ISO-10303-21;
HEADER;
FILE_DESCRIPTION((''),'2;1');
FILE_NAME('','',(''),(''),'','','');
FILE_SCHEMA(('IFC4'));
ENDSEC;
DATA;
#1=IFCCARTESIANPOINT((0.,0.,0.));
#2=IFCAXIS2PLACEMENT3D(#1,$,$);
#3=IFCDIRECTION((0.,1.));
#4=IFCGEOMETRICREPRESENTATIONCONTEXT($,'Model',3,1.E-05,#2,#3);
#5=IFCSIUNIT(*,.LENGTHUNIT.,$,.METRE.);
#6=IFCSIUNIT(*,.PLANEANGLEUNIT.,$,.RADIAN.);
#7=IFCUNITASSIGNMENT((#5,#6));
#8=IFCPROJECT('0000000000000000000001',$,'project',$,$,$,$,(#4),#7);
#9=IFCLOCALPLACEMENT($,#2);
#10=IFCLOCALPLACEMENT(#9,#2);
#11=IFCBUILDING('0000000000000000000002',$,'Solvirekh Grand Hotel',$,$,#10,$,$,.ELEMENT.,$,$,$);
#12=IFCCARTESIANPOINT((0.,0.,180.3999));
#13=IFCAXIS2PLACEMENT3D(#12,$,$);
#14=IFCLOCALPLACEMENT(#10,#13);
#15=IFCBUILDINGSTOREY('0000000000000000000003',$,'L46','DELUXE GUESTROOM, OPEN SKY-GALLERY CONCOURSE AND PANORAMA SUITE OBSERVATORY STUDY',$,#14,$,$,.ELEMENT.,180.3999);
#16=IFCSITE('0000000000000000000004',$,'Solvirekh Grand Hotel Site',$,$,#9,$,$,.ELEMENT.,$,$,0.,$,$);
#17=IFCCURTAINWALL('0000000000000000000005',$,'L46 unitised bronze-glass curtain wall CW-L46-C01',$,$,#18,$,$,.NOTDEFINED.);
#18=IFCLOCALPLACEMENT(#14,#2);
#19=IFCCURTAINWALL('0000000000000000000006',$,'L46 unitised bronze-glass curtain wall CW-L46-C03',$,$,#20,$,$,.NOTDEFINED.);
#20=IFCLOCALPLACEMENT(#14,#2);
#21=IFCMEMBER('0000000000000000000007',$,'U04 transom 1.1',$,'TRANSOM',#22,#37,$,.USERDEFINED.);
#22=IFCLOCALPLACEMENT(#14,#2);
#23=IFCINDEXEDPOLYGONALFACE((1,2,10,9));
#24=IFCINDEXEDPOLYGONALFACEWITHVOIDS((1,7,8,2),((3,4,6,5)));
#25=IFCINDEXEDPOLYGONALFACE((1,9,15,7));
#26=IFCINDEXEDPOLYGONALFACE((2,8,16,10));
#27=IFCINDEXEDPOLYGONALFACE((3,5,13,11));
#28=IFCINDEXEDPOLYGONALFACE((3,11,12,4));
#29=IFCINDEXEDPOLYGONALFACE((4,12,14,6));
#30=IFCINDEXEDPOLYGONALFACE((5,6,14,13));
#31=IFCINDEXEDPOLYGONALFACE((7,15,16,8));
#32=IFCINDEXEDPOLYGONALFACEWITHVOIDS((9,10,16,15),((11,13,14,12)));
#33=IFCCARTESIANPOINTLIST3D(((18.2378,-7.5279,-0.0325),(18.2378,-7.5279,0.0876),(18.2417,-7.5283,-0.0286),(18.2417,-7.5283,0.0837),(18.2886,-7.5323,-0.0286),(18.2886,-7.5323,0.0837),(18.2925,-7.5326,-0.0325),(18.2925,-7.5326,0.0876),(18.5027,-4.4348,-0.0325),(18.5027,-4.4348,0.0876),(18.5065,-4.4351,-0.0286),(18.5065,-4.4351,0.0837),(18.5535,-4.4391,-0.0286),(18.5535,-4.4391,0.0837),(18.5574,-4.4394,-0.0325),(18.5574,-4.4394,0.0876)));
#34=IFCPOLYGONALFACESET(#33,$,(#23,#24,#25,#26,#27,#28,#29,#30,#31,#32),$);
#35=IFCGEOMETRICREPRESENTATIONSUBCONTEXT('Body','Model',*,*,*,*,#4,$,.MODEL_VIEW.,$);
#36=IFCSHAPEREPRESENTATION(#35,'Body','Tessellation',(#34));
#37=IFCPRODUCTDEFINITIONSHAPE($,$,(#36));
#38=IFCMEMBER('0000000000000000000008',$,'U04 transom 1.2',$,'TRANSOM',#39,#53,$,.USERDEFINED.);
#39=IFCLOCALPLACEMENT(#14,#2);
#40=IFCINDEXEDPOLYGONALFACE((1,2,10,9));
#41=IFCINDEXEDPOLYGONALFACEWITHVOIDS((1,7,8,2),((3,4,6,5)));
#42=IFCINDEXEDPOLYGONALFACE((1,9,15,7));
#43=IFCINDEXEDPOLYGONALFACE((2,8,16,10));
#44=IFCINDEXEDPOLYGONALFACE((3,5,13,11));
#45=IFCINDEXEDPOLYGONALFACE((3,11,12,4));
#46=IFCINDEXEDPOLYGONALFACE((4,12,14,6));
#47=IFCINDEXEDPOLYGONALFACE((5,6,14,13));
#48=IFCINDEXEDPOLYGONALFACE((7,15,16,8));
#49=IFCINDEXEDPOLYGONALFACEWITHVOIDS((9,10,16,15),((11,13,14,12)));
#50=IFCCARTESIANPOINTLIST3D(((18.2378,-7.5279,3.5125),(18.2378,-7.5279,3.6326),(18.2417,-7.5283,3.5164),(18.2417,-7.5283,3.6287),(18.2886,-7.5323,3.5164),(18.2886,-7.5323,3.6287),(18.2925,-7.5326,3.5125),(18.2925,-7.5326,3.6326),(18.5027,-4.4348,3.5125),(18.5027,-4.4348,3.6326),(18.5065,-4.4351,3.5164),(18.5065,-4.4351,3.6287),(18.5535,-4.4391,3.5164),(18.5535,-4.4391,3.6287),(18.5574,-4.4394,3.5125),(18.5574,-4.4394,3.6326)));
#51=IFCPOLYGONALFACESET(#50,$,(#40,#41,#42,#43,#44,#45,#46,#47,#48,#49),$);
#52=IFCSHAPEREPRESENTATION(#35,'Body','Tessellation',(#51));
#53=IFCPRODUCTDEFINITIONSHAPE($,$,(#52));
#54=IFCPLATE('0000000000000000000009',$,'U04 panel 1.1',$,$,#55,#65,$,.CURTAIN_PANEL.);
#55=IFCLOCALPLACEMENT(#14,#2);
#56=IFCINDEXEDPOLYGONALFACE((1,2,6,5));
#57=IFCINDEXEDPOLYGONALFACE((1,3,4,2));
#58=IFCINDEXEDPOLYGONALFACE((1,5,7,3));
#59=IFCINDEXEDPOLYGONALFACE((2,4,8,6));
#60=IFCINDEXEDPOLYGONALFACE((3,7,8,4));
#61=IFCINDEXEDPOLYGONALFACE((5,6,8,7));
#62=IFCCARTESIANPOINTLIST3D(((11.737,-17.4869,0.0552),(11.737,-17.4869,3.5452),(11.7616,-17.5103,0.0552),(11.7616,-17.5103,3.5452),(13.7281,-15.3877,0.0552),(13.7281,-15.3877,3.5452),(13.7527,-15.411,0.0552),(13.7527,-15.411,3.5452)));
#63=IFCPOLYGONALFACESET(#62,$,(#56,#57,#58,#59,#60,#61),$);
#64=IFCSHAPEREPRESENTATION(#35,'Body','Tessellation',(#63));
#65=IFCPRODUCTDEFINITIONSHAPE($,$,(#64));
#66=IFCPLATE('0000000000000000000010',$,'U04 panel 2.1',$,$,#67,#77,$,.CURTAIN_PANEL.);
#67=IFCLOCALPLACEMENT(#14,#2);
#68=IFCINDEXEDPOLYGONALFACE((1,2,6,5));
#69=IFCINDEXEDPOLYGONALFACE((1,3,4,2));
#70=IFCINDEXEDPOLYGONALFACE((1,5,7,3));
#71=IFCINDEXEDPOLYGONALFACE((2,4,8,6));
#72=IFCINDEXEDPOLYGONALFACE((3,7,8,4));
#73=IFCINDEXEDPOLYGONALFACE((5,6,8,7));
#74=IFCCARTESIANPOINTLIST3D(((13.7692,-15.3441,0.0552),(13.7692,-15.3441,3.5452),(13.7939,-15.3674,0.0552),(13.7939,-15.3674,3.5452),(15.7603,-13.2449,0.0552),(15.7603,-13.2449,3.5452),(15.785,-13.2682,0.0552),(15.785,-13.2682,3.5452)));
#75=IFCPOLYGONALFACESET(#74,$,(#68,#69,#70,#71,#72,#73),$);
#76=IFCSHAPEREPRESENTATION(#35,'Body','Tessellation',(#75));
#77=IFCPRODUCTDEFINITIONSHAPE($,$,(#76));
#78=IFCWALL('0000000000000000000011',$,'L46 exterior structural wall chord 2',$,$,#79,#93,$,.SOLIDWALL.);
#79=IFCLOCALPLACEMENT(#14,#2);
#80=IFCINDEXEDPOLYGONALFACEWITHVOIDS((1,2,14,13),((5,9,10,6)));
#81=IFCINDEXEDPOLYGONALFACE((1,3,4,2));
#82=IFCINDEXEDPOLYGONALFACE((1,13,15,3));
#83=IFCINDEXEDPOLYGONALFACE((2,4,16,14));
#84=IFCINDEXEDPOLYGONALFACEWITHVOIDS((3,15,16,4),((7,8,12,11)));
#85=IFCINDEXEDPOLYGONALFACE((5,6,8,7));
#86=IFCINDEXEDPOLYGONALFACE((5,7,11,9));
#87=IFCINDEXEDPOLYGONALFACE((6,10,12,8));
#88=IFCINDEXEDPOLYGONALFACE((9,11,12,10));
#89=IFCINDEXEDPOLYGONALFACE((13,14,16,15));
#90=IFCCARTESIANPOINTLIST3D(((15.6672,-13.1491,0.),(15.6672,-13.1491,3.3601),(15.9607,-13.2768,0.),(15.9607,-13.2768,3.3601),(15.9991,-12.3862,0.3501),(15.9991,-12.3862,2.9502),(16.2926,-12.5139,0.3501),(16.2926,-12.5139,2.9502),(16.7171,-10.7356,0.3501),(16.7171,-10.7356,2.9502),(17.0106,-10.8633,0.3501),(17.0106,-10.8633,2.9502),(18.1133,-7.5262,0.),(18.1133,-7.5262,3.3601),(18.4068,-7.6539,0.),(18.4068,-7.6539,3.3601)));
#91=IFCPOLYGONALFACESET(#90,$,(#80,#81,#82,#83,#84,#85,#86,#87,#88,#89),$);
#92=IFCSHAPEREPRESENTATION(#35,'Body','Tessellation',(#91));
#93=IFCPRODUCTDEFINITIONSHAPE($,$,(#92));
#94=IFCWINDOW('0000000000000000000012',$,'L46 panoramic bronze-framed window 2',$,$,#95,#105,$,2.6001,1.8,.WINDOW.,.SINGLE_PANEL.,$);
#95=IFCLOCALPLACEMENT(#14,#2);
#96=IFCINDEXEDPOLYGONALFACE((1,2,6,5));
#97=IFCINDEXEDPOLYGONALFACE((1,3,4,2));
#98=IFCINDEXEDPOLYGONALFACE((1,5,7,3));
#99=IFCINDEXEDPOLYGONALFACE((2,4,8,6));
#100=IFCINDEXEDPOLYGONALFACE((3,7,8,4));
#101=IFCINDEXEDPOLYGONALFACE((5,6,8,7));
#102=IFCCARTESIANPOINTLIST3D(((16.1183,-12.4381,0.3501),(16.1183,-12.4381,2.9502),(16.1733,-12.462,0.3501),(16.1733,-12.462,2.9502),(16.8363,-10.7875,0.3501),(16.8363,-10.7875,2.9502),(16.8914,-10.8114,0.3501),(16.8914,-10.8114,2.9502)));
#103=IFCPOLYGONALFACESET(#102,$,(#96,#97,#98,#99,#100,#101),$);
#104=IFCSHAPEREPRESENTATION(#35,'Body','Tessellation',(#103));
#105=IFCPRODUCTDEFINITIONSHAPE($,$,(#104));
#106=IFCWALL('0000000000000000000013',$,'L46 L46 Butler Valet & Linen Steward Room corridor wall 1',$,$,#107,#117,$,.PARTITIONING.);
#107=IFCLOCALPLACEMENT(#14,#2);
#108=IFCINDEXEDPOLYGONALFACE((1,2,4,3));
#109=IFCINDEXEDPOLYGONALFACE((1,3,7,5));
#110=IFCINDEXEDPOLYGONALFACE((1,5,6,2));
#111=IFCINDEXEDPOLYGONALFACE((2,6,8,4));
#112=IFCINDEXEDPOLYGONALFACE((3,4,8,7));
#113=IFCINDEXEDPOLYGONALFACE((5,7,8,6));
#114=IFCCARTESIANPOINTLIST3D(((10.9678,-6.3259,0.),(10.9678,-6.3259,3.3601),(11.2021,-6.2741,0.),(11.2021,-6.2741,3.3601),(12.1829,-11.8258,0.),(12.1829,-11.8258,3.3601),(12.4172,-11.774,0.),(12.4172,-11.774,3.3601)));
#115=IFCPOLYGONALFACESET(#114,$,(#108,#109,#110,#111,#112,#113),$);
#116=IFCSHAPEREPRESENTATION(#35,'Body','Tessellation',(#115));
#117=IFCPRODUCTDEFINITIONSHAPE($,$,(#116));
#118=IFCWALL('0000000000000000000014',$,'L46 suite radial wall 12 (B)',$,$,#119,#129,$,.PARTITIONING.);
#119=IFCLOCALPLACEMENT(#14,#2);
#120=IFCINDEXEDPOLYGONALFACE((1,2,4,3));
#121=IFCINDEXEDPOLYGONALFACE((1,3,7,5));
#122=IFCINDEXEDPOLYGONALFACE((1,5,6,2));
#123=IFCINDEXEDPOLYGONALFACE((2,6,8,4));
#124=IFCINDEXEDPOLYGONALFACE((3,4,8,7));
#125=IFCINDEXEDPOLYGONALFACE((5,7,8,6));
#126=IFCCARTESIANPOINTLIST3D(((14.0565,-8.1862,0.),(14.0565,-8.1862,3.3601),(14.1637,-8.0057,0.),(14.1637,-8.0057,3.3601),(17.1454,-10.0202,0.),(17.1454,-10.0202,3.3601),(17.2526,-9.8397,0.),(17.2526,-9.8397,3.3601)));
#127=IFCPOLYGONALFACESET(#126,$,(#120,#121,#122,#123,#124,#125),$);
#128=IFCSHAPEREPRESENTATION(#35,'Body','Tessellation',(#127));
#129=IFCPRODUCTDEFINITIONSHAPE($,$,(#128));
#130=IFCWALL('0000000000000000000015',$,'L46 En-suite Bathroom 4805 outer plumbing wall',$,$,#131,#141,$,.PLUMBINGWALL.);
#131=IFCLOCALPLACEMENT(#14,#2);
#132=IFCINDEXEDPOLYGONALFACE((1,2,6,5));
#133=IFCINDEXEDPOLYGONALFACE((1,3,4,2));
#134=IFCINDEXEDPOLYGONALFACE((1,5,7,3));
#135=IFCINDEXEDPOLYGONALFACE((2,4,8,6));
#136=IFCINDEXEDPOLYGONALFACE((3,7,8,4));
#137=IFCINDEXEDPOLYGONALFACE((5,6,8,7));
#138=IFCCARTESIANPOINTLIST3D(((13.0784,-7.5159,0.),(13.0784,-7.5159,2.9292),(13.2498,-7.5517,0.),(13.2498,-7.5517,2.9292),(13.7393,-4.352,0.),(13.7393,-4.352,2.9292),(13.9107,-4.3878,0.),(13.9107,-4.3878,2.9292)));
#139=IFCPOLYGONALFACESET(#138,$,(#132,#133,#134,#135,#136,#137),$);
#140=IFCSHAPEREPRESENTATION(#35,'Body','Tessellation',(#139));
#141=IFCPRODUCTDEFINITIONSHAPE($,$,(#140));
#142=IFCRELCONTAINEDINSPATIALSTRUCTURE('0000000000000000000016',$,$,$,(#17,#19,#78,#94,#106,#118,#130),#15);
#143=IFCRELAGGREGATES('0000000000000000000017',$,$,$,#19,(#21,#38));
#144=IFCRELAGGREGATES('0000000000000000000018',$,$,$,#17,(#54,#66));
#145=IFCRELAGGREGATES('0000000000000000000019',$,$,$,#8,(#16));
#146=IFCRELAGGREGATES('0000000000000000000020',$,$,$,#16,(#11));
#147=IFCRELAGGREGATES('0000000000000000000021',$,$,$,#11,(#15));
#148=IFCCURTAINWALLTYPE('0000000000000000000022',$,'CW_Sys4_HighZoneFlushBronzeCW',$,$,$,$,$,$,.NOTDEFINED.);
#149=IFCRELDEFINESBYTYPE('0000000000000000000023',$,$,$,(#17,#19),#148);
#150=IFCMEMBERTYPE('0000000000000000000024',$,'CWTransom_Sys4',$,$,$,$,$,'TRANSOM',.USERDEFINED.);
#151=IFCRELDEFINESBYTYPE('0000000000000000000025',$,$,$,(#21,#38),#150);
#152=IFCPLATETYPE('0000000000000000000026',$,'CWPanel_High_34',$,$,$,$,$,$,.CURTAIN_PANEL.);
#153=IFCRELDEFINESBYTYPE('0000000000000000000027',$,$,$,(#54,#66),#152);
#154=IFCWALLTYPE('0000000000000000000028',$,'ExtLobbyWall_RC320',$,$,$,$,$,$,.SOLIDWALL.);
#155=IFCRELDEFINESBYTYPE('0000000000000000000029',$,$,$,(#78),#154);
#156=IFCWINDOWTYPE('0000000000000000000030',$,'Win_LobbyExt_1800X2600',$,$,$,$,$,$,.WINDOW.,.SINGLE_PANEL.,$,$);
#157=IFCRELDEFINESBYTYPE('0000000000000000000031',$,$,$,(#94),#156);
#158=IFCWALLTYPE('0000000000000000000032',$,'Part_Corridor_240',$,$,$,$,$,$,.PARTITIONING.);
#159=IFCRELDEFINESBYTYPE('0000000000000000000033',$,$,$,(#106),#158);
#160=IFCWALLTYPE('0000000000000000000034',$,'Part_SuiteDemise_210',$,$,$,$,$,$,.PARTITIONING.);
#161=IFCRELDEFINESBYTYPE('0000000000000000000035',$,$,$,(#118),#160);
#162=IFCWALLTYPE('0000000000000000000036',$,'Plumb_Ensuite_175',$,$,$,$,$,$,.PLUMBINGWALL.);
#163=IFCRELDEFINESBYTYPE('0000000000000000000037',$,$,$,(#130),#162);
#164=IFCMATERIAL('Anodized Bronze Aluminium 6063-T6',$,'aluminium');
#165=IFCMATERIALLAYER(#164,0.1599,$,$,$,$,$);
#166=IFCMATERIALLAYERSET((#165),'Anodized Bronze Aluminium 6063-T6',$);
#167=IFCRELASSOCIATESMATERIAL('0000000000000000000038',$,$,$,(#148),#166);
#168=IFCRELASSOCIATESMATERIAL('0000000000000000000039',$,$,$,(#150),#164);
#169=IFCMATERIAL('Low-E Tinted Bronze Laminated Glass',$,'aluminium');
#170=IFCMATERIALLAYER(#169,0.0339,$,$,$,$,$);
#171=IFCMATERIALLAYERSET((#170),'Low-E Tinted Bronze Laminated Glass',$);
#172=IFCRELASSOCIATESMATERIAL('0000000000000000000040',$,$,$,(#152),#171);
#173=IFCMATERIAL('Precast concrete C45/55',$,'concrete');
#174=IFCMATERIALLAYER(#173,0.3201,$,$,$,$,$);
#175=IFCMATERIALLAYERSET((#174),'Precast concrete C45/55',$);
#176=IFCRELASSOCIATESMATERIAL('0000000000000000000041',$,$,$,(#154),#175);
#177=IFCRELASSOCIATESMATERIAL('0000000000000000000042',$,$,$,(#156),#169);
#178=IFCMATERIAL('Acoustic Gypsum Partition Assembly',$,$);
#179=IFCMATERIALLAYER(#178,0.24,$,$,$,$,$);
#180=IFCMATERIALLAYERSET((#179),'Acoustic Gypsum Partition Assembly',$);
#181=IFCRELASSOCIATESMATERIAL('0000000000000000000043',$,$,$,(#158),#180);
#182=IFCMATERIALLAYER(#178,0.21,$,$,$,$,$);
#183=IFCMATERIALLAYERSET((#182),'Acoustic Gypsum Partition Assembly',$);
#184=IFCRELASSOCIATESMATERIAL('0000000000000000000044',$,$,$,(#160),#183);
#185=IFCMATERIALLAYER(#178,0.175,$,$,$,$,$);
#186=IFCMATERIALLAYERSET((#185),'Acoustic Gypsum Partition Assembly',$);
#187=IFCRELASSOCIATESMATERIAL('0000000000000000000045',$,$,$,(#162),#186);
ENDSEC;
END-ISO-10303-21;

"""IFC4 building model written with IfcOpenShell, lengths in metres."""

from ifc_helpers import new_model, si_unit, direction, frame, frame_2d, origin, origin_2d, place, context, subcontext, project, spatial, rectangle, hollow_rectangle, extrude, source, transform, mapped, material, layer, layer_set, material_profile, profile_set, type_object, element, fill, aggregate, save


model = new_model("IFC4")

# Units and contexts
model_context = context("Model", 3, precision=1e-05, world=origin(), true_north=direction((0.0, 1.0)))
body_context = subcontext(model_context, "Body", "Model", "MODEL_VIEW")
ifc_project = project(units=[si_unit("LENGTHUNIT", "METRE"), si_unit("PLANEANGLEUNIT", "RADIAN")], contexts=[model_context])

# Site, building, storey
site_placement = place(None, origin())
site = spatial("IfcSite", under=ifc_project, at=site_placement, Name="Solvirekh Grand Hotel Site", CompositionType="ELEMENT", RefElevation=0.0)
building_placement = place(site_placement, origin())
building = spatial("IfcBuilding", under=site, at=building_placement, Name="Solvirekh Grand Hotel", CompositionType="ELEMENT")
storey_placement = place(building_placement, frame((0.0, 0.0, 180.3999)))
storey = spatial("IfcBuildingStorey", under=building, at=storey_placement, Name="L46", Description="DELUXE GUESTROOM, OPEN SKY-GALLERY CONCOURSE AND PANORAMA SUITE OBSERVATORY STUDY", CompositionType="ELEMENT", Elevation=180.3999)

# Curtain wall
ifc_material_1 = material(Name="Anodized Bronze Aluminium 6063-T6", Category="aluminium")
ifc_layer_1 = layer(ifc_material_1, 0.1599)
ifc_layer_set_1 = layer_set([ifc_layer_1], Name="Anodized Bronze Aluminium 6063-T6")
curtain_wall_type = type_object("IfcCurtainWallType", Name="CW_Sys4_HighZoneFlushBronzeCW", PredefinedType="NOTDEFINED", material=ifc_layer_set_1)
curtain_wall_1_placement = place(storey_placement, origin())
curtain_wall_1 = element("IfcCurtainWall", 1, at=curtain_wall_1_placement, inside=storey, type_object=curtain_wall_type, Name="L46 unitised bronze-glass curtain wall CW-L46-C01", PredefinedType="NOTDEFINED")

# Curtain wall
curtain_wall_2_placement = place(storey_placement, origin())
curtain_wall_2 = element("IfcCurtainWall", 2, at=curtain_wall_2_placement, inside=storey, type_object=curtain_wall_type, Name="L46 unitised bronze-glass curtain wall CW-L46-C03", PredefinedType="NOTDEFINED")

# Members
ifc_material_profile_1 = material_profile(ifc_material_1, hollow_rectangle(XDim=0.0549, YDim=0.1201, WallThickness=0.0039, at=origin_2d()), Name="ALU RHS 120X55X4")
ifc_profile_set_1 = profile_set([ifc_material_profile_1], Name="Anodized Bronze Aluminium 6063-T6")
member_type_1 = type_object("IfcMemberType", Name="CWTransom_Sys4", ElementType="TRANSOM", PredefinedType="USERDEFINED", material=ifc_profile_set_1)
shared_shape_1 = source(origin(), body_context, "Body", "SweptSolid", [
    extrude(hollow_rectangle(XDim=0.0549, YDim=0.1201, WallThickness=0.0039, at=origin_2d()), origin(), (0.0, 0.0, 1.0), 3.1045),
])
member_1_placement = place(storey_placement, frame((18.2651, -7.5303, 0.0276), z_axis=(0.085323, 0.996353, 0.0), x_axis=(-0.996353, 0.085323, 0.0)))
member_1 = element("IfcMember", 3, at=member_1_placement, type_object=member_type_1, Name="U04 transom 1.1", ObjectType="TRANSOM", PredefinedType="USERDEFINED", context=body_context, shape_type="MappedRepresentation", body=[
    mapped(shared_shape_1, transform((0.0, 0.0, 0.0), x_axis=(1.0, 0.0, 0.0), y_axis=(0.0, 1.0, 0.0), z_axis=(0.0, 0.0, 1.0), scale=1.0)),
])
member_2_placement = place(storey_placement, frame((18.2651, -7.5303, 3.5725), z_axis=(0.085323, 0.996353, 0.0), x_axis=(-0.996353, 0.085323, 0.0)))
member_2 = element("IfcMember", 4, at=member_2_placement, type_object=member_type_1, Name="U04 transom 1.2", ObjectType="TRANSOM", PredefinedType="USERDEFINED", context=body_context, shape_type="MappedRepresentation", body=[
    mapped(shared_shape_1, transform((0.0, 0.0, 0.0), x_axis=(1.0, 0.0, 0.0), y_axis=(0.0, 1.0, 0.0), z_axis=(0.0, 0.0, 1.0), scale=1.0)),
])
aggregate(curtain_wall_2, [member_1, member_2])

# Plates
ifc_material_2 = material(Name="Low-E Tinted Bronze Laminated Glass", Category="aluminium")
ifc_layer_2 = layer(ifc_material_2, 0.0339)
ifc_layer_set_2 = layer_set([ifc_layer_2], Name="Low-E Tinted Bronze Laminated Glass")
plate_type = type_object("IfcPlateType", Name="CWPanel_High_34", PredefinedType="CURTAIN_PANEL", material=ifc_layer_set_2)
shared_shape_2 = source(origin(), body_context, "Body", "SweptSolid", [
    extrude(rectangle(XDim=2.8933, YDim=0.0339, at=origin_2d()), origin(), (0.0, 0.0, 1.0), 3.49),
])
plate_1_placement = place(storey_placement, frame((12.7449, -16.449, 0.0552), z_axis=(0.0, 0.0, 1.0), x_axis=(0.688172, 0.725547, 0.0)))
plate_1 = element("IfcPlate", 5, at=plate_1_placement, type_object=plate_type, Name="U04 panel 1.1", PredefinedType="CURTAIN_PANEL", context=body_context, shape_type="MappedRepresentation", body=[
    mapped(shared_shape_2, transform((0.0, 0.0, 0.0), x_axis=(1.0, 0.0, 0.0), y_axis=(0.0, 1.0, 0.0), z_axis=(0.0, 0.0, 1.0), scale=1.0)),
])
plate_2_placement = place(storey_placement, frame((14.7771, -14.3062, 0.0552), z_axis=(0.0, 0.0, 1.0), x_axis=(0.688172, 0.725547, 0.0)))
plate_2 = element("IfcPlate", 6, at=plate_2_placement, type_object=plate_type, Name="U04 panel 2.1", PredefinedType="CURTAIN_PANEL", context=body_context, shape_type="MappedRepresentation", body=[
    mapped(shared_shape_2, transform((0.0, 0.0, 0.0), x_axis=(1.0, 0.0, 0.0), y_axis=(0.0, 1.0, 0.0), z_axis=(0.0, 0.0, 1.0), scale=1.0)),
])
aggregate(curtain_wall_1, [plate_1, plate_2])

# Wall, opening, window
ifc_material_3 = material(Name="Precast concrete C45/55", Category="concrete")
ifc_layer_3 = layer(ifc_material_3, 0.3201)
ifc_layer_set_3 = layer_set([ifc_layer_3], Name="Precast concrete C45/55")
wall_type_1 = type_object("IfcWallType", Name="ExtLobbyWall_RC320", PredefinedType="SOLIDWALL", material=ifc_layer_set_3)
wall_1_placement = place(storey_placement, frame((18.26, -7.5901, 0.0), z_axis=(0.0, 0.0, 1.0), x_axis=(-0.398911, -0.91699, 0.0)))
wall_1 = element("IfcWall", 7, at=wall_1_placement, inside=storey, type_object=wall_type_1, Name="L46 exterior structural wall chord 2", PredefinedType="SOLIDWALL", context=body_context, shape_type="SweptSolid", body=[
    extrude(rectangle(XDim=6.1318, YDim=0.3201, at=frame_2d((3.0659, 0.0))), origin(), (0.0, 0.0, 1.0), 3.3601),
])
opening_placement = place(wall_1_placement, frame((3.5, 0.0, 0.3501)))
opening = element("IfcOpeningElement", 8, at=opening_placement, cuts=wall_1, PredefinedType="OPENING", context=body_context, shape_type="SweptSolid", body=[
    extrude(rectangle(XDim=1.8, YDim=2.6001, at=frame_2d((0.8999, 1.3))), frame((0.0, 0.1699, 0.0), z_axis=(0.0, -1.0, 0.0), x_axis=(1.0, 0.0, 0.0)), (0.0, 0.0, 1.0), 0.3401),
])
window_type = type_object("IfcWindowType", Name="Win_LobbyExt_1800X2600", PartitioningType="SINGLE_PANEL", PredefinedType="WINDOW", material=ifc_material_2)
window_placement = place(opening_placement, origin())
window = element("IfcWindow", 9, at=window_placement, inside=storey, type_object=window_type, Name="L46 panoramic bronze-framed window 2", OverallHeight=2.6001, OverallWidth=1.8, PartitioningType="SINGLE_PANEL", PredefinedType="WINDOW", context=body_context, shape_type="SweptSolid", body=[
    extrude(rectangle(XDim=1.8, YDim=2.6001, at=frame_2d((0.8999, 1.3))), frame((0.0, 0.03, 0.0), z_axis=(0.0, -1.0, 0.0), x_axis=(1.0, 0.0, 0.0)), (0.0, 0.0, 1.0), 0.0601),
])
fill(opening, window)

# Walls
ifc_material_4 = material(Name="Acoustic Gypsum Partition Assembly")
ifc_layer_4 = layer(ifc_material_4, 0.24)
ifc_layer_set_4 = layer_set([ifc_layer_4], Name="Acoustic Gypsum Partition Assembly")
wall_type_2 = type_object("IfcWallType", Name="Part_Corridor_240", PredefinedType="PARTITIONING", material=ifc_layer_set_4)
wall_2_placement = place(storey_placement, frame((12.3, -11.8, 0.0), z_axis=(0.0, 0.0, 1.0), x_axis=(-0.215723, 0.976455, 0.0)))
element("IfcWall", 10, at=wall_2_placement, inside=storey, type_object=wall_type_2, Name="L46 L46 Butler Valet & Linen Steward Room corridor wall 1", PredefinedType="PARTITIONING", context=body_context, shape_type="SweptSolid", body=[
    extrude(rectangle(XDim=5.6326, YDim=0.24, at=frame_2d((2.8164, 0.0))), origin(), (0.0, 0.0, 1.0), 3.3601),
])
ifc_layer_5 = layer(ifc_material_4, 0.21)
ifc_layer_set_5 = layer_set([ifc_layer_5], Name="Acoustic Gypsum Partition Assembly")
wall_type_3 = type_object("IfcWallType", Name="Part_SuiteDemise_210", PredefinedType="PARTITIONING", material=ifc_layer_set_5)
wall_3_placement = place(storey_placement, frame((14.1101, -8.0959, 0.0), z_axis=(0.0, 0.0, 1.0), x_axis=(0.859858, -0.510532, 0.0)))
element("IfcWall", 11, at=wall_3_placement, inside=storey, type_object=wall_type_3, Name="L46 suite radial wall 12 (B)", PredefinedType="PARTITIONING", context=body_context, shape_type="SweptSolid", body=[
    extrude(rectangle(XDim=3.5923, YDim=0.21, at=frame_2d((1.7961, 0.0))), origin(), (0.0, 0.0, 1.0), 3.3601),
])
ifc_layer_6 = layer(ifc_material_4, 0.175)
ifc_layer_set_6 = layer_set([ifc_layer_6], Name="Acoustic Gypsum Partition Assembly")
wall_type_4 = type_object("IfcWallType", Name="Plumb_Ensuite_175", PredefinedType="PLUMBINGWALL", material=ifc_layer_set_6)
wall_4_placement = place(storey_placement, frame((13.1641, -7.5339, 0.0), z_axis=(0.0, 0.0, 1.0), x_axis=(0.204476, 0.978872, 0.0)))
element("IfcWall", 12, at=wall_4_placement, inside=storey, type_object=wall_type_4, Name="L46 En-suite Bathroom 4805 outer plumbing wall", PredefinedType="PLUMBINGWALL", context=body_context, shape_type="SweptSolid", body=[
    extrude(rectangle(XDim=3.2322, YDim=0.175, at=frame_2d((1.6162, 0.0))), origin(), (0.0, 0.0, 1.0), 2.9292),
])

save(model, "model.ifc")
